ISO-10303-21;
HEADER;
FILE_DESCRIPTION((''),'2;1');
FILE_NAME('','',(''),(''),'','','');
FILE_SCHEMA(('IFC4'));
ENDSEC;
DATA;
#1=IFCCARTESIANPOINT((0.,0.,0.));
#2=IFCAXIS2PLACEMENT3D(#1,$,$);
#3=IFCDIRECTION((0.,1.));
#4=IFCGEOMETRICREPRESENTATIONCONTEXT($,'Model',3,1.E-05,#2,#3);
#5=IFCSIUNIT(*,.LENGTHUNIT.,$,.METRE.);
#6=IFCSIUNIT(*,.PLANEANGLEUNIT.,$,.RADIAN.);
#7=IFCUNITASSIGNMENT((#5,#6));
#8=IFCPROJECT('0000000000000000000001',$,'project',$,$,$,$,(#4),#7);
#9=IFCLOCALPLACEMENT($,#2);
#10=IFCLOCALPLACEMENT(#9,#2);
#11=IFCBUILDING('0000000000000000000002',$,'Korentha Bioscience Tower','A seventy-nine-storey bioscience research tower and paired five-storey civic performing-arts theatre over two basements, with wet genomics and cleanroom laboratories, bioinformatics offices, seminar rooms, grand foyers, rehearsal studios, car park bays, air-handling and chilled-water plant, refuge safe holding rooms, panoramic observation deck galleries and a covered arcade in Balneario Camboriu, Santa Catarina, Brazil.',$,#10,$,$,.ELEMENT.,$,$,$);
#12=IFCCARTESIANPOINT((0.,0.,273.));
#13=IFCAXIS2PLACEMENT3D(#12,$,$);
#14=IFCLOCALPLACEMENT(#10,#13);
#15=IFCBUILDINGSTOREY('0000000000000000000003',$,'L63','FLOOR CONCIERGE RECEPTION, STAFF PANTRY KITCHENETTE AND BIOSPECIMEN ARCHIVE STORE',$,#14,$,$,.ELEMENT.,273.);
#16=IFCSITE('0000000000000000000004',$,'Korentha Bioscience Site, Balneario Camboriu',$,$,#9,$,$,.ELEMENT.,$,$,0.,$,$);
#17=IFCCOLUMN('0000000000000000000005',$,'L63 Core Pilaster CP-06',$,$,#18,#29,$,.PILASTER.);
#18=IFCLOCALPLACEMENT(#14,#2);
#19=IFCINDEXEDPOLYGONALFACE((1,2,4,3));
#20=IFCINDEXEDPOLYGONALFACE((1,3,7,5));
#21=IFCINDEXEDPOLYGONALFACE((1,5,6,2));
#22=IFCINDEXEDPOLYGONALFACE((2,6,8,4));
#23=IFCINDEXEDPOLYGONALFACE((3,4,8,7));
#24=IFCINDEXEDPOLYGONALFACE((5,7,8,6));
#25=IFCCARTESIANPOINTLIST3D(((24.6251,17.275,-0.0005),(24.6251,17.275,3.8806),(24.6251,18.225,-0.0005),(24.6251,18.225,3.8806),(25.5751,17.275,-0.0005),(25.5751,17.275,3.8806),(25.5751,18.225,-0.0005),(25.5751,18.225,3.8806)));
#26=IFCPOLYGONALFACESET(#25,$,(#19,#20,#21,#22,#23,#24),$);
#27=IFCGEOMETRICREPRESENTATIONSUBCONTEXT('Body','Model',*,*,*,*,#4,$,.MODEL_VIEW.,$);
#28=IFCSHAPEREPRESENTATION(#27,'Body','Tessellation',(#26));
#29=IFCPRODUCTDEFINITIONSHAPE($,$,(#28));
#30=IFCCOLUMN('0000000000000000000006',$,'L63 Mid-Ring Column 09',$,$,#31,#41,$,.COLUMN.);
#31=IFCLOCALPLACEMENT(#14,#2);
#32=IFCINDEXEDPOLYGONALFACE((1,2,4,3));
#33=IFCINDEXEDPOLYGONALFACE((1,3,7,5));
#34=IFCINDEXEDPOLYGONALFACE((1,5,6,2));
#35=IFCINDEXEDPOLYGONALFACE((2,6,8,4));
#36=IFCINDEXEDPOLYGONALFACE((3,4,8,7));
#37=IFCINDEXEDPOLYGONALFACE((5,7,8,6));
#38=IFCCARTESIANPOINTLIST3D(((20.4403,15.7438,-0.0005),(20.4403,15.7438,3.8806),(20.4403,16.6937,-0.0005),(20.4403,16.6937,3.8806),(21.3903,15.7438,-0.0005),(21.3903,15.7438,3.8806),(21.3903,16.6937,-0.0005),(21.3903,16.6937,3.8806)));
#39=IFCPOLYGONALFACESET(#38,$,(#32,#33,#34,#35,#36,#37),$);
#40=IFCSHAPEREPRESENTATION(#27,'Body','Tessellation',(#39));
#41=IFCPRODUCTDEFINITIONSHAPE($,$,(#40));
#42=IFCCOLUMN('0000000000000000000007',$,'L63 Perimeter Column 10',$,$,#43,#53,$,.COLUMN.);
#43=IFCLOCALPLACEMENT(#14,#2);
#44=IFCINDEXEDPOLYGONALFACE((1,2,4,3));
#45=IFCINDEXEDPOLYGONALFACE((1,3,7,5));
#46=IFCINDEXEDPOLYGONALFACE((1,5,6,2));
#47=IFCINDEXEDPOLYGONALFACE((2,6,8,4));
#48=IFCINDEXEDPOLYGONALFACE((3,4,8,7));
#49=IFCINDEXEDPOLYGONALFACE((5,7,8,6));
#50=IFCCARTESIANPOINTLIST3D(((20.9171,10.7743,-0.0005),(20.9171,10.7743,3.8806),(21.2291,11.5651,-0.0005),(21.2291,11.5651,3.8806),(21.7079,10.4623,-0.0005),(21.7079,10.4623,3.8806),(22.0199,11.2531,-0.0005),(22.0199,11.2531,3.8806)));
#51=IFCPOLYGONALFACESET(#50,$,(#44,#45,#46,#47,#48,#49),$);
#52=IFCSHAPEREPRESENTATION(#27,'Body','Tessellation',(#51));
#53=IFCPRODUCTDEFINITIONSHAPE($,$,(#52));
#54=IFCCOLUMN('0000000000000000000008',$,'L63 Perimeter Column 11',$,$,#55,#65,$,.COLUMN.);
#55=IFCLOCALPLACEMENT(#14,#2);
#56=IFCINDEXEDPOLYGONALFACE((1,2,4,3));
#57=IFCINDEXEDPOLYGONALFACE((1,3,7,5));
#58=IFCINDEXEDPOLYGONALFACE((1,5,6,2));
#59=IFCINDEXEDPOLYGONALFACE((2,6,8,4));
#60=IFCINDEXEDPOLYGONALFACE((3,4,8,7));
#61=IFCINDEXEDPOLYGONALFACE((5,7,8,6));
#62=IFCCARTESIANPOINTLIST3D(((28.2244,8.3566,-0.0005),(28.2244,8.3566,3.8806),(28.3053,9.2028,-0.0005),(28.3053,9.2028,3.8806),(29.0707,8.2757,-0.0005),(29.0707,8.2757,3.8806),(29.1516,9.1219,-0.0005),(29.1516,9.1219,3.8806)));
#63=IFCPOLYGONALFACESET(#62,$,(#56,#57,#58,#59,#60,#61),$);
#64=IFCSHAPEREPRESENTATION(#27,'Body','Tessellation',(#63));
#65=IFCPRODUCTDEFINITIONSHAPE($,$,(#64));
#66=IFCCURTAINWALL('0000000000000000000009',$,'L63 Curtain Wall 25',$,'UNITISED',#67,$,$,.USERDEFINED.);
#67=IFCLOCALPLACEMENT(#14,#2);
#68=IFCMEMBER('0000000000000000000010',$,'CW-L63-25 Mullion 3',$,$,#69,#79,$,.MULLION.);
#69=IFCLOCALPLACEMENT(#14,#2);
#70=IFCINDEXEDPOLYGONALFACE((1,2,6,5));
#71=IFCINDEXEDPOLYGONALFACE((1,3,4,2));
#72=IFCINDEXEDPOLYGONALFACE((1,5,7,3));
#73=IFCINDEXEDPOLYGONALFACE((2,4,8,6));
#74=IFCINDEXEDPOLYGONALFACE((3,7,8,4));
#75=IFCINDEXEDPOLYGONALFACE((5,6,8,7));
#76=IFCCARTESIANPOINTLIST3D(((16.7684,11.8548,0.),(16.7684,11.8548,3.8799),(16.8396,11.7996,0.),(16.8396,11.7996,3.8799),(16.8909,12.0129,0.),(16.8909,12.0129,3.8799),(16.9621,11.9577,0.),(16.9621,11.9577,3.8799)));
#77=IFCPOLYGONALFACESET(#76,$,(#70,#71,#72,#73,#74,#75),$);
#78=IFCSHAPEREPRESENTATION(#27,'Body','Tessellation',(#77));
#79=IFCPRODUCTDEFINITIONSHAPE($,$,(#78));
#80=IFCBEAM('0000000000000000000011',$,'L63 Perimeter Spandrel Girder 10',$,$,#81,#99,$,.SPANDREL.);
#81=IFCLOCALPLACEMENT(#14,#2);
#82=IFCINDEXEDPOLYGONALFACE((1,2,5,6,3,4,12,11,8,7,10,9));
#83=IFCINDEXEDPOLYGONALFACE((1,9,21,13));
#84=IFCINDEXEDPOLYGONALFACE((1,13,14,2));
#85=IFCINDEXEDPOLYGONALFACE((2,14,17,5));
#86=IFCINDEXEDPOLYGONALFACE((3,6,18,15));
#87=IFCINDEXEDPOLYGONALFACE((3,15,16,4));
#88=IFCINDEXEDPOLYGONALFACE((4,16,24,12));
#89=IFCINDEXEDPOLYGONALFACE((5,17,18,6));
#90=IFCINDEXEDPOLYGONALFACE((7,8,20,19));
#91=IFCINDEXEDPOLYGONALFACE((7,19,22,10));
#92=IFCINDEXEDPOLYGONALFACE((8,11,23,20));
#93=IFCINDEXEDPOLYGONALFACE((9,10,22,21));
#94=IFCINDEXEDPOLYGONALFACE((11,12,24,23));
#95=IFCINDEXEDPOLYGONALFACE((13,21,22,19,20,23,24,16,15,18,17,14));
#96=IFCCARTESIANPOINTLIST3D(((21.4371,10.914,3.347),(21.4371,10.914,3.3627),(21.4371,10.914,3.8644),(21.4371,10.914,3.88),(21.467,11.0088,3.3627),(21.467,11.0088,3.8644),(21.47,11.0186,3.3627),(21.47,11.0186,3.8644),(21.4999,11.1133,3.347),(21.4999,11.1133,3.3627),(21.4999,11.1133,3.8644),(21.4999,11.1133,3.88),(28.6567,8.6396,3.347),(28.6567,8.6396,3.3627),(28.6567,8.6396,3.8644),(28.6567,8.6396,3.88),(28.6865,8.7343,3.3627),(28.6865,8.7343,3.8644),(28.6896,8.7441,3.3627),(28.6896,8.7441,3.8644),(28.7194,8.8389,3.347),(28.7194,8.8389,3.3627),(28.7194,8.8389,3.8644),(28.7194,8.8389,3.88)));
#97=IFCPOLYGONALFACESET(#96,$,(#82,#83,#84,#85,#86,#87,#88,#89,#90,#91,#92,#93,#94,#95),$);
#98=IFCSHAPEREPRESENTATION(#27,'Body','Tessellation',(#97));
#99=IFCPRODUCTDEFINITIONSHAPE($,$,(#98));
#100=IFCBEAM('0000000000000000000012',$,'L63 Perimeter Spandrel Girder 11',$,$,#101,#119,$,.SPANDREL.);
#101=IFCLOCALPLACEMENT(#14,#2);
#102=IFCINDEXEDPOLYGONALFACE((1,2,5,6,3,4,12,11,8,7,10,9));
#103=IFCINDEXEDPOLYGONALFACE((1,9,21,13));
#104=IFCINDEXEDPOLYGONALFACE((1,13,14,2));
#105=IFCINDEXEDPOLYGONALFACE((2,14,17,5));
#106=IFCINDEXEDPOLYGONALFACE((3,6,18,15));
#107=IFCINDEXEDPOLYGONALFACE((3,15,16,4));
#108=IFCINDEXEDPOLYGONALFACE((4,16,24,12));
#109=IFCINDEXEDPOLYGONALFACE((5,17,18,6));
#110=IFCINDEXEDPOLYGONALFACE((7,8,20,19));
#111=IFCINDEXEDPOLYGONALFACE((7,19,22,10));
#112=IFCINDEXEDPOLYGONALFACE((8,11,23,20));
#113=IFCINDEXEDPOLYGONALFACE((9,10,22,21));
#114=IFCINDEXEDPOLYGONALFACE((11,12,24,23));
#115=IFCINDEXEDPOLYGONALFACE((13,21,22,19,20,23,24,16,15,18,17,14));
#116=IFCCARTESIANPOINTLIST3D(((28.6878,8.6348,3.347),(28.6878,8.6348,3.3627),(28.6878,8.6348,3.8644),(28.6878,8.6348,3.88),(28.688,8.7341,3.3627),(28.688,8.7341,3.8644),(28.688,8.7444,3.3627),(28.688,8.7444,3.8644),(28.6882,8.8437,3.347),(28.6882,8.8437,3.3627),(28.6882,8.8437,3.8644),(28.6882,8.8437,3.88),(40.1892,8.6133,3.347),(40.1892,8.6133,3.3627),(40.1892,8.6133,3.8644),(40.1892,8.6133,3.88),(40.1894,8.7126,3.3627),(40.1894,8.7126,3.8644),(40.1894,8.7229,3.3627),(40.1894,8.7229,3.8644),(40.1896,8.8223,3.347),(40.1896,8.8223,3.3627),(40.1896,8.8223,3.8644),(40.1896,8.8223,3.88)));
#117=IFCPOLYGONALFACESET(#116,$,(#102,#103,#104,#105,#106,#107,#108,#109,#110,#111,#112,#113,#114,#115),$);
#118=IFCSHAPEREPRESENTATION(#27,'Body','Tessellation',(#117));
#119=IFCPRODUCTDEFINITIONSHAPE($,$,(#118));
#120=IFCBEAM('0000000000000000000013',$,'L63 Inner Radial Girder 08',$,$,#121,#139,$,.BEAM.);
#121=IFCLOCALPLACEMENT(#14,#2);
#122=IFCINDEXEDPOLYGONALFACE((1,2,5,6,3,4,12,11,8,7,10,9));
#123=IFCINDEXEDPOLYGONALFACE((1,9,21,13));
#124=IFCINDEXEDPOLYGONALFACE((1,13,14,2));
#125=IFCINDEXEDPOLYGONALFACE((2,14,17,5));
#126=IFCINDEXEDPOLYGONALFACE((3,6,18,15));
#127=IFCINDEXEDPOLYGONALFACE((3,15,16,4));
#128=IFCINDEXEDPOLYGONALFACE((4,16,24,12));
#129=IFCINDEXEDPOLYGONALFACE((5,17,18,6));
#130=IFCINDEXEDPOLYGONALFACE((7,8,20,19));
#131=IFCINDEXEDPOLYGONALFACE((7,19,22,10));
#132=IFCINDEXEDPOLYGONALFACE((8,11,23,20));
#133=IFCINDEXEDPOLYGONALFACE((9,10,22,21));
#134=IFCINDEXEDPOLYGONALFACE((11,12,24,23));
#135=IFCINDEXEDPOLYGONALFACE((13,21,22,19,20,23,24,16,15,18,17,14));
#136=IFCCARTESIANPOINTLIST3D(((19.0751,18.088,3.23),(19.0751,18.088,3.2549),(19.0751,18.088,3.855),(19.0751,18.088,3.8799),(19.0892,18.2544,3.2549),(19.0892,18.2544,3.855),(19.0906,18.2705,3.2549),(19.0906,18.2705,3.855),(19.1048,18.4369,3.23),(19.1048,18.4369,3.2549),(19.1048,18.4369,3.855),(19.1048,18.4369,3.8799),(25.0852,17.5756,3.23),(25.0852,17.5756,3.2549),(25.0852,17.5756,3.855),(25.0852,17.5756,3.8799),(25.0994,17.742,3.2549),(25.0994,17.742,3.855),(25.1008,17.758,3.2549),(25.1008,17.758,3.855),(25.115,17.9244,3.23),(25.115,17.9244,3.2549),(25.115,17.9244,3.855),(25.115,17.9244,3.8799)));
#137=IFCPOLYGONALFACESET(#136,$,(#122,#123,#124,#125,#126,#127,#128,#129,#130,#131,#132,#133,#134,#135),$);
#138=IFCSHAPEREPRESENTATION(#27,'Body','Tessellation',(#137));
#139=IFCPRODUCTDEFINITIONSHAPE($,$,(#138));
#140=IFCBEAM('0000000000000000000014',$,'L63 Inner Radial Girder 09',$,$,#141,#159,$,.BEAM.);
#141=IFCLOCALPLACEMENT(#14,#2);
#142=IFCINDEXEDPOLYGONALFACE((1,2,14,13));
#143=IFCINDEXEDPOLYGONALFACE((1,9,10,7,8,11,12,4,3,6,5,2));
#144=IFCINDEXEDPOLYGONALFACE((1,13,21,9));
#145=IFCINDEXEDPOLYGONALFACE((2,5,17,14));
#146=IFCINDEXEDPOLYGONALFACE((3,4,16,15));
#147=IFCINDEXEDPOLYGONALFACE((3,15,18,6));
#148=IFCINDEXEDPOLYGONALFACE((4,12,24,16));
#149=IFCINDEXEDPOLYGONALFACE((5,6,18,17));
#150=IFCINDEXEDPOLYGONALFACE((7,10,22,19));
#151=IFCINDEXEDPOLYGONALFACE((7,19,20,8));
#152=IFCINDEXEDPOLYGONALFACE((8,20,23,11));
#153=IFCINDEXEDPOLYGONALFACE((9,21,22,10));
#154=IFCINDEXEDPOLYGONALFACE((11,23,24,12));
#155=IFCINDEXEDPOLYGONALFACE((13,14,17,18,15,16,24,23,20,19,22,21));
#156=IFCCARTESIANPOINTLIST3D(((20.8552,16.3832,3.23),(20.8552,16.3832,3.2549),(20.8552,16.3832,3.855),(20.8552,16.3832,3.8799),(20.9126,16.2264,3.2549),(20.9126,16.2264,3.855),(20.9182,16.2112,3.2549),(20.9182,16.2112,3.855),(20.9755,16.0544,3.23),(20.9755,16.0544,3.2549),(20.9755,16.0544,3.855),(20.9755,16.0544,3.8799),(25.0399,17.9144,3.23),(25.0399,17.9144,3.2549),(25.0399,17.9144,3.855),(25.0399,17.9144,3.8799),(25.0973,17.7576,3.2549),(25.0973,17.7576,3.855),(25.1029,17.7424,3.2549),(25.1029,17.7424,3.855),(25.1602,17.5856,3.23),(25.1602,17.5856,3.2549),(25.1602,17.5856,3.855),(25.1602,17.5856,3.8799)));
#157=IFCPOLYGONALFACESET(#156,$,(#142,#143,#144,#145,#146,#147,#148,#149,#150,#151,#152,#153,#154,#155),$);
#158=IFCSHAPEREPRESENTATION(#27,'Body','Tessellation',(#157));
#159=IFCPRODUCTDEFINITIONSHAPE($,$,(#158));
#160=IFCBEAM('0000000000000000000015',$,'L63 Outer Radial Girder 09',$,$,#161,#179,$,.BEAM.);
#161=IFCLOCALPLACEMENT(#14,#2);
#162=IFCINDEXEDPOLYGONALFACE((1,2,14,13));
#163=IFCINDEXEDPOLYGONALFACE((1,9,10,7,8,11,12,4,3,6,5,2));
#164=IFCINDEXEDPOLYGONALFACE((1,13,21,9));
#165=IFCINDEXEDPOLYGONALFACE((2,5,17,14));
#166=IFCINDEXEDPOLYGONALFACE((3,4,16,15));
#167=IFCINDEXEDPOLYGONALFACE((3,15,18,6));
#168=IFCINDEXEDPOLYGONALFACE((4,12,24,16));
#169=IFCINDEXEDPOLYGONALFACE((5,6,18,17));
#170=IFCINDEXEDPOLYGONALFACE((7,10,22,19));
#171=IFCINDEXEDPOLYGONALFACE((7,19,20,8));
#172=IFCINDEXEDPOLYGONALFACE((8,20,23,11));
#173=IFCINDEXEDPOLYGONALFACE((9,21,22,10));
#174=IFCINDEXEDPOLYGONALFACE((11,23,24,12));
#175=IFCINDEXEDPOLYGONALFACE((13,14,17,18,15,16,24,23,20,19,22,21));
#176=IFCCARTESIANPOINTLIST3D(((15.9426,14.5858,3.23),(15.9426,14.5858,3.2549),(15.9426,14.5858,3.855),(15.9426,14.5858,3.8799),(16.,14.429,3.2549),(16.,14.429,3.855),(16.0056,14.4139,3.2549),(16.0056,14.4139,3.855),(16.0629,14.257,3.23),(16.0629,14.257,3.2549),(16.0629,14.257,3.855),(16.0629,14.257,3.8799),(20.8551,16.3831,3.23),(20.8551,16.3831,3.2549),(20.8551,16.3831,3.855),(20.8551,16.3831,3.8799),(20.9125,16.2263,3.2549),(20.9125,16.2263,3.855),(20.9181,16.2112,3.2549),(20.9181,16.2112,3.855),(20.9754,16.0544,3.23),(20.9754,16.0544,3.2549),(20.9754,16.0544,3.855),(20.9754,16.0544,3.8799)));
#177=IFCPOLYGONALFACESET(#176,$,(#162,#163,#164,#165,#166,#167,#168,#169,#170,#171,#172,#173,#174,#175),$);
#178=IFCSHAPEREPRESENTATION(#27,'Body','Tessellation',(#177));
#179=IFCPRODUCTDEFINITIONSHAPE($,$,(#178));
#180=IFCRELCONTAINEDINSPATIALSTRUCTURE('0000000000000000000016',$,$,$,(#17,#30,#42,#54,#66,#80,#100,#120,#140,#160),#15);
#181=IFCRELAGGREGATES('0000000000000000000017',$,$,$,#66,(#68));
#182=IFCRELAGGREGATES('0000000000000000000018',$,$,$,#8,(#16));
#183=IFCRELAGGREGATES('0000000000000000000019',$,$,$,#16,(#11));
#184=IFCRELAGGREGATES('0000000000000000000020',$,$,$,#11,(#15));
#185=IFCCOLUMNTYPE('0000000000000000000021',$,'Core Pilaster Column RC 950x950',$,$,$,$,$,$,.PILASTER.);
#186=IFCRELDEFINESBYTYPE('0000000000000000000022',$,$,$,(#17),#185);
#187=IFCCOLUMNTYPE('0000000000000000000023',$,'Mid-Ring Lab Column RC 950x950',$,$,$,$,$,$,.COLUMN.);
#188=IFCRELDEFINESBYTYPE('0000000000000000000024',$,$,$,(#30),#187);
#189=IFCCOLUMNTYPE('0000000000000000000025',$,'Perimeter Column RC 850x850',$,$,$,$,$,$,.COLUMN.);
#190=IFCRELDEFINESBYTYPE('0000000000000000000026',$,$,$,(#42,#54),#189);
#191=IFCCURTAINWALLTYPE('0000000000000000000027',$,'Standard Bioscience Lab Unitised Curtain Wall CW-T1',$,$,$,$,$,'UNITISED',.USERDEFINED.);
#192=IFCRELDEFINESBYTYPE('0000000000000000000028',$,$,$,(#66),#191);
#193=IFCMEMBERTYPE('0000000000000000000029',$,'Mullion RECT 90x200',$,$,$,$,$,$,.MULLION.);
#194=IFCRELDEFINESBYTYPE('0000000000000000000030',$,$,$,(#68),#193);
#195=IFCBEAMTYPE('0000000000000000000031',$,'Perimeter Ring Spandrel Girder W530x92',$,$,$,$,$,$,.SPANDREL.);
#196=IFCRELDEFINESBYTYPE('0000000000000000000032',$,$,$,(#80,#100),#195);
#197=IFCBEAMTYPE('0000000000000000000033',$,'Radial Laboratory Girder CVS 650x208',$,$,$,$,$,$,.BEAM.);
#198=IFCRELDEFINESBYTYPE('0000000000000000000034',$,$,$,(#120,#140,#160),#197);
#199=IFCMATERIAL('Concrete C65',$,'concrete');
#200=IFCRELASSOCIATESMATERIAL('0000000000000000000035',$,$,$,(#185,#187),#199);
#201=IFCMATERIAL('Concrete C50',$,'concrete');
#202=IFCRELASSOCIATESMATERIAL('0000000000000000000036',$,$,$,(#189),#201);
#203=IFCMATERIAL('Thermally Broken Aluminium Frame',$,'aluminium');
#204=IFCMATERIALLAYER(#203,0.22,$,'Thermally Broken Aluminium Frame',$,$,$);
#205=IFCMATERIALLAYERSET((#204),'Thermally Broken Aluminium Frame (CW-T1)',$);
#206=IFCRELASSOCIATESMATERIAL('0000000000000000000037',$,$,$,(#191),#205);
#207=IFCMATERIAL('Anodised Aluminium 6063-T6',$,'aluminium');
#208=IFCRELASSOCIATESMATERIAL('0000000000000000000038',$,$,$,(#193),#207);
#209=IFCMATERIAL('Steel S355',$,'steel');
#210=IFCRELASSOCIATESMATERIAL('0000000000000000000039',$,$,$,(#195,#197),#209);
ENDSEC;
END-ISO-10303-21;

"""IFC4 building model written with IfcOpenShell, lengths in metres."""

from ifc_helpers import new_model, si_unit, direction, frame, origin, origin_2d, place, context, subcontext, project, spatial, rectangle, i_section, extrude, material, layer, layer_set, material_profile, profile_set, type_object, element, aggregate, save


model = new_model("IFC4")

# Units and contexts
model_context = context("Model", 3, precision=1e-05, world=origin(), true_north=direction((0.0, 1.0)))
body_context = subcontext(model_context, "Body", "Model", "MODEL_VIEW")
ifc_project = project(units=[si_unit("LENGTHUNIT", "METRE"), si_unit("PLANEANGLEUNIT", "RADIAN")], contexts=[model_context])

# Site, building, storey
site_placement = place(None, origin())
site = spatial("IfcSite", under=ifc_project, at=site_placement, Name="Korentha Bioscience Site, Balneario Camboriu", CompositionType="ELEMENT", RefElevation=0.0)
building_placement = place(site_placement, origin())
building = spatial("IfcBuilding", under=site, at=building_placement, Name="Korentha Bioscience Tower", Description="A seventy-nine-storey bioscience research tower and paired five-storey civic performing-arts theatre over two basements, with wet genomics and cleanroom laboratories, bioinformatics offices, seminar rooms, grand foyers, rehearsal studios, car park bays, air-handling and chilled-water plant, refuge safe holding rooms, panoramic observation deck galleries and a covered arcade in Balneario Camboriu, Santa Catarina, Brazil.", CompositionType="ELEMENT")
storey_placement = place(building_placement, frame((0.0, 0.0, 273.0)))
storey = spatial("IfcBuildingStorey", under=building, at=storey_placement, Name="L63", Description="FLOOR CONCIERGE RECEPTION, STAFF PANTRY KITCHENETTE AND BIOSPECIMEN ARCHIVE STORE", CompositionType="ELEMENT", Elevation=273.0)

# Columns
ifc_material_1 = material(Name="Concrete C65", Category="concrete")
ifc_material_profile_1 = material_profile(ifc_material_1, rectangle(XDim=0.95, YDim=0.95, at=origin_2d()), Name="Concrete C65")
ifc_profile_set_1 = profile_set([ifc_material_profile_1], Name="Concrete C65 (COL-CP09)")
column_type_1 = type_object("IfcColumnType", Name="Core Pilaster Column RC 950x950", PredefinedType="PILASTER", material=ifc_profile_set_1)
column_1_placement = place(storey_placement, frame((25.1001, 17.75, -0.0005), z_axis=(0.0, 0.0, 1.0), x_axis=(1.0, 0.0, 0.0)))
element("IfcColumn", 1, at=column_1_placement, inside=storey, type_object=column_type_1, Name="L63 Core Pilaster CP-06", PredefinedType="PILASTER", context=body_context, shape_type="SweptSolid", body=[
    extrude(rectangle(XDim=0.95, YDim=0.95, at=origin_2d()), origin(), (0.0, 0.0, 1.0), 3.8811),
])
ifc_material_profile_2 = material_profile(ifc_material_1, rectangle(XDim=0.95, YDim=0.95, at=origin_2d()), Name="Concrete C65")
ifc_profile_set_2 = profile_set([ifc_material_profile_2], Name="Concrete C65 (COL-MR09)")
column_type_2 = type_object("IfcColumnType", Name="Mid-Ring Lab Column RC 950x950", PredefinedType="COLUMN", material=ifc_profile_set_2)
column_2_placement = place(storey_placement, frame((20.9153, 16.2188, -0.0005), z_axis=(0.0, 0.0, 1.0), x_axis=(1.0, 0.0, 0.0)))
element("IfcColumn", 2, at=column_2_placement, inside=storey, type_object=column_type_2, Name="L63 Mid-Ring Column 09", PredefinedType="COLUMN", context=body_context, shape_type="SweptSolid", body=[
    extrude(rectangle(XDim=0.95, YDim=0.95, at=origin_2d()), origin(), (0.0, 0.0, 1.0), 3.8811),
])
ifc_material_2 = material(Name="Concrete C50", Category="concrete")
ifc_material_profile_3 = material_profile(ifc_material_2, rectangle(XDim=0.8501, YDim=0.8501, at=origin_2d()), Name="Concrete C50")
ifc_profile_set_3 = profile_set([ifc_material_profile_3], Name="Concrete C50 (COL-P08)")
column_type_3 = type_object("IfcColumnType", Name="Perimeter Column RC 850x850", PredefinedType="COLUMN", material=ifc_profile_set_3)
for number, where, z_axis, x_axis, name in (
    (3, (21.4685, 11.0137, -0.0005), (0.0, 0.0, 1.0), (-0.930226, 0.366988, 0.0), "L63 Perimeter Column 10"),
    (4, (28.688, 8.7393, -0.0005), (0.0, 0.0, 1.0), (-0.995463, 0.095151, 0.0), "L63 Perimeter Column 11"),
):
    element("IfcColumn", number, at=place(storey_placement, frame(where, z_axis=z_axis, x_axis=x_axis)), inside=storey, type_object=column_type_3, Name=name, PredefinedType="COLUMN", context=body_context, shape_type="SweptSolid", body=[
        extrude(rectangle(XDim=0.8501, YDim=0.8501, at=origin_2d()), origin(), (0.0, 0.0, 1.0), 3.8811),
    ])

# Curtain wall, member
ifc_material_3 = material(Name="Thermally Broken Aluminium Frame", Category="aluminium")
ifc_layer_1 = layer(ifc_material_3, 0.22, Name="Thermally Broken Aluminium Frame")
ifc_layer_set_1 = layer_set([ifc_layer_1], Name="Thermally Broken Aluminium Frame (CW-T1)")
curtain_wall_type = type_object("IfcCurtainWallType", Name="Standard Bioscience Lab Unitised Curtain Wall CW-T1", ElementType="UNITISED", PredefinedType="USERDEFINED", material=ifc_layer_set_1)
curtain_wall_placement = place(storey_placement, origin())
curtain_wall = element("IfcCurtainWall", 5, at=curtain_wall_placement, inside=storey, type_object=curtain_wall_type, Name="L63 Curtain Wall 25", ObjectType="UNITISED", PredefinedType="USERDEFINED")
ifc_material_4 = material(Name="Anodised Aluminium 6063-T6", Category="aluminium")
ifc_material_profile_4 = material_profile(ifc_material_4, rectangle(XDim=0.0901, YDim=0.2, at=origin_2d()), Name="Anodised Aluminium 6063-T6")
ifc_profile_set_4 = profile_set([ifc_material_profile_4], Name="Anodised Aluminium 6063-T6 (CW-MUL)")
member_type = type_object("IfcMemberType", Name="Mullion RECT 90x200", PredefinedType="MULLION", material=ifc_profile_set_4)
member_placement = place(storey_placement, frame((16.8652, 11.9062, 0.0), z_axis=(0.0, 0.0, 1.0), x_axis=(0.790488, -0.612478, 0.0)))
member = element("IfcMember", 6, at=member_placement, type_object=member_type, Name="CW-L63-25 Mullion 3", PredefinedType="MULLION", context=body_context, shape_type="SweptSolid", body=[
    extrude(rectangle(XDim=0.0901, YDim=0.2, at=origin_2d()), origin(), (0.0, 0.0, 1.0), 3.8799),
])

# Beams
ifc_material_5 = material(Name="Steel S355", Category="steel")
ifc_material_profile_5 = material_profile(ifc_material_5, i_section(OverallWidth=0.209, OverallDepth=0.533, WebThickness=0.0103, FlangeThickness=0.0156, at=origin_2d()), Name="Steel S355")
ifc_profile_set_5 = profile_set([ifc_material_profile_5], Name="Steel S355 (SB-530)")
beam_type_1 = type_object("IfcBeamType", Name="Perimeter Ring Spandrel Girder W530x92", PredefinedType="SPANDREL", material=ifc_profile_set_5)
beam_1_placement = place(storey_placement, frame((21.4685, 11.0137, 3.6135), z_axis=(0.953788, -0.30048, 0.0), x_axis=(0.30048, 0.953788, 0.0)))
element("IfcBeam", 7, at=beam_1_placement, inside=storey, type_object=beam_type_1, Name="L63 Perimeter Spandrel Girder 10", PredefinedType="SPANDREL", context=body_context, shape_type="SweptSolid", body=[
    extrude(i_section(OverallWidth=0.209, OverallDepth=0.533, WebThickness=0.0103, FlangeThickness=0.0156, at=origin_2d()), origin(), (0.0, 0.0, 1.0), 7.5693),
])
beam_2_placement = place(storey_placement, frame((28.688, 8.7393, 3.6135), z_axis=(0.999998, -0.001868, 0.0), x_axis=(0.001868, 0.999998, 0.0)))
element("IfcBeam", 8, at=beam_2_placement, inside=storey, type_object=beam_type_1, Name="L63 Perimeter Spandrel Girder 11", PredefinedType="SPANDREL", context=body_context, shape_type="SweptSolid", body=[
    extrude(i_section(OverallWidth=0.209, OverallDepth=0.533, WebThickness=0.0103, FlangeThickness=0.0156, at=origin_2d()), origin(), (0.0, 0.0, 1.0), 11.5015),
])
ifc_material_profile_6 = material_profile(ifc_material_5, i_section(OverallWidth=0.3501, OverallDepth=0.6499, WebThickness=0.0161, FlangeThickness=0.0249, at=origin_2d()), Name="Steel S355")
ifc_profile_set_6 = profile_set([ifc_material_profile_6], Name="Steel S355 (RB-650)")
beam_type_2 = type_object("IfcBeamType", Name="Radial Laboratory Girder CVS 650x208", PredefinedType="BEAM", material=ifc_profile_set_6)
beam_3_placement = place(storey_placement, frame((25.1001, 17.75, 3.5549), z_axis=(-0.996385, 0.084955, 0.0), x_axis=(-0.084955, -0.996385, 0.0)))
element("IfcBeam", 9, at=beam_3_placement, inside=storey, type_object=beam_type_2, Name="L63 Inner Radial Girder 08", PredefinedType="BEAM", context=body_context, shape_type="SweptSolid", body=[
    extrude(i_section(OverallWidth=0.3501, OverallDepth=0.6499, WebThickness=0.0161, FlangeThickness=0.0249, at=origin_2d()), origin(), (0.0, 0.0, 1.0), 6.032),
])
beam_4_placement = place(storey_placement, frame((25.1001, 17.75, 3.5549), z_axis=(-0.939107, -0.343625, 0.0), x_axis=(0.343625, -0.939107, 0.0)))
element("IfcBeam", 10, at=beam_4_placement, inside=storey, type_object=beam_type_2, Name="L63 Inner Radial Girder 09", PredefinedType="BEAM", context=body_context, shape_type="SweptSolid", body=[
    extrude(i_section(OverallWidth=0.3501, OverallDepth=0.6499, WebThickness=0.0161, FlangeThickness=0.0249, at=origin_2d()), origin(), (0.0, 0.0, 1.0), 4.4561),
])
beam_5_placement = place(storey_placement, frame((20.9153, 16.2188, 3.5549), z_axis=(-0.939118, -0.343594, 0.0), x_axis=(0.343594, -0.939118, 0.0)))
element("IfcBeam", 11, at=beam_5_placement, inside=storey, type_object=beam_type_2, Name="L63 Outer Radial Girder 09", PredefinedType="BEAM", context=body_context, shape_type="SweptSolid", body=[
    extrude(i_section(OverallWidth=0.3501, OverallDepth=0.6499, WebThickness=0.0161, FlangeThickness=0.0249, at=origin_2d()), origin(), (0.0, 0.0, 1.0), 5.231),
])

aggregate(curtain_wall, [member])

save(model, "model.ifc")
